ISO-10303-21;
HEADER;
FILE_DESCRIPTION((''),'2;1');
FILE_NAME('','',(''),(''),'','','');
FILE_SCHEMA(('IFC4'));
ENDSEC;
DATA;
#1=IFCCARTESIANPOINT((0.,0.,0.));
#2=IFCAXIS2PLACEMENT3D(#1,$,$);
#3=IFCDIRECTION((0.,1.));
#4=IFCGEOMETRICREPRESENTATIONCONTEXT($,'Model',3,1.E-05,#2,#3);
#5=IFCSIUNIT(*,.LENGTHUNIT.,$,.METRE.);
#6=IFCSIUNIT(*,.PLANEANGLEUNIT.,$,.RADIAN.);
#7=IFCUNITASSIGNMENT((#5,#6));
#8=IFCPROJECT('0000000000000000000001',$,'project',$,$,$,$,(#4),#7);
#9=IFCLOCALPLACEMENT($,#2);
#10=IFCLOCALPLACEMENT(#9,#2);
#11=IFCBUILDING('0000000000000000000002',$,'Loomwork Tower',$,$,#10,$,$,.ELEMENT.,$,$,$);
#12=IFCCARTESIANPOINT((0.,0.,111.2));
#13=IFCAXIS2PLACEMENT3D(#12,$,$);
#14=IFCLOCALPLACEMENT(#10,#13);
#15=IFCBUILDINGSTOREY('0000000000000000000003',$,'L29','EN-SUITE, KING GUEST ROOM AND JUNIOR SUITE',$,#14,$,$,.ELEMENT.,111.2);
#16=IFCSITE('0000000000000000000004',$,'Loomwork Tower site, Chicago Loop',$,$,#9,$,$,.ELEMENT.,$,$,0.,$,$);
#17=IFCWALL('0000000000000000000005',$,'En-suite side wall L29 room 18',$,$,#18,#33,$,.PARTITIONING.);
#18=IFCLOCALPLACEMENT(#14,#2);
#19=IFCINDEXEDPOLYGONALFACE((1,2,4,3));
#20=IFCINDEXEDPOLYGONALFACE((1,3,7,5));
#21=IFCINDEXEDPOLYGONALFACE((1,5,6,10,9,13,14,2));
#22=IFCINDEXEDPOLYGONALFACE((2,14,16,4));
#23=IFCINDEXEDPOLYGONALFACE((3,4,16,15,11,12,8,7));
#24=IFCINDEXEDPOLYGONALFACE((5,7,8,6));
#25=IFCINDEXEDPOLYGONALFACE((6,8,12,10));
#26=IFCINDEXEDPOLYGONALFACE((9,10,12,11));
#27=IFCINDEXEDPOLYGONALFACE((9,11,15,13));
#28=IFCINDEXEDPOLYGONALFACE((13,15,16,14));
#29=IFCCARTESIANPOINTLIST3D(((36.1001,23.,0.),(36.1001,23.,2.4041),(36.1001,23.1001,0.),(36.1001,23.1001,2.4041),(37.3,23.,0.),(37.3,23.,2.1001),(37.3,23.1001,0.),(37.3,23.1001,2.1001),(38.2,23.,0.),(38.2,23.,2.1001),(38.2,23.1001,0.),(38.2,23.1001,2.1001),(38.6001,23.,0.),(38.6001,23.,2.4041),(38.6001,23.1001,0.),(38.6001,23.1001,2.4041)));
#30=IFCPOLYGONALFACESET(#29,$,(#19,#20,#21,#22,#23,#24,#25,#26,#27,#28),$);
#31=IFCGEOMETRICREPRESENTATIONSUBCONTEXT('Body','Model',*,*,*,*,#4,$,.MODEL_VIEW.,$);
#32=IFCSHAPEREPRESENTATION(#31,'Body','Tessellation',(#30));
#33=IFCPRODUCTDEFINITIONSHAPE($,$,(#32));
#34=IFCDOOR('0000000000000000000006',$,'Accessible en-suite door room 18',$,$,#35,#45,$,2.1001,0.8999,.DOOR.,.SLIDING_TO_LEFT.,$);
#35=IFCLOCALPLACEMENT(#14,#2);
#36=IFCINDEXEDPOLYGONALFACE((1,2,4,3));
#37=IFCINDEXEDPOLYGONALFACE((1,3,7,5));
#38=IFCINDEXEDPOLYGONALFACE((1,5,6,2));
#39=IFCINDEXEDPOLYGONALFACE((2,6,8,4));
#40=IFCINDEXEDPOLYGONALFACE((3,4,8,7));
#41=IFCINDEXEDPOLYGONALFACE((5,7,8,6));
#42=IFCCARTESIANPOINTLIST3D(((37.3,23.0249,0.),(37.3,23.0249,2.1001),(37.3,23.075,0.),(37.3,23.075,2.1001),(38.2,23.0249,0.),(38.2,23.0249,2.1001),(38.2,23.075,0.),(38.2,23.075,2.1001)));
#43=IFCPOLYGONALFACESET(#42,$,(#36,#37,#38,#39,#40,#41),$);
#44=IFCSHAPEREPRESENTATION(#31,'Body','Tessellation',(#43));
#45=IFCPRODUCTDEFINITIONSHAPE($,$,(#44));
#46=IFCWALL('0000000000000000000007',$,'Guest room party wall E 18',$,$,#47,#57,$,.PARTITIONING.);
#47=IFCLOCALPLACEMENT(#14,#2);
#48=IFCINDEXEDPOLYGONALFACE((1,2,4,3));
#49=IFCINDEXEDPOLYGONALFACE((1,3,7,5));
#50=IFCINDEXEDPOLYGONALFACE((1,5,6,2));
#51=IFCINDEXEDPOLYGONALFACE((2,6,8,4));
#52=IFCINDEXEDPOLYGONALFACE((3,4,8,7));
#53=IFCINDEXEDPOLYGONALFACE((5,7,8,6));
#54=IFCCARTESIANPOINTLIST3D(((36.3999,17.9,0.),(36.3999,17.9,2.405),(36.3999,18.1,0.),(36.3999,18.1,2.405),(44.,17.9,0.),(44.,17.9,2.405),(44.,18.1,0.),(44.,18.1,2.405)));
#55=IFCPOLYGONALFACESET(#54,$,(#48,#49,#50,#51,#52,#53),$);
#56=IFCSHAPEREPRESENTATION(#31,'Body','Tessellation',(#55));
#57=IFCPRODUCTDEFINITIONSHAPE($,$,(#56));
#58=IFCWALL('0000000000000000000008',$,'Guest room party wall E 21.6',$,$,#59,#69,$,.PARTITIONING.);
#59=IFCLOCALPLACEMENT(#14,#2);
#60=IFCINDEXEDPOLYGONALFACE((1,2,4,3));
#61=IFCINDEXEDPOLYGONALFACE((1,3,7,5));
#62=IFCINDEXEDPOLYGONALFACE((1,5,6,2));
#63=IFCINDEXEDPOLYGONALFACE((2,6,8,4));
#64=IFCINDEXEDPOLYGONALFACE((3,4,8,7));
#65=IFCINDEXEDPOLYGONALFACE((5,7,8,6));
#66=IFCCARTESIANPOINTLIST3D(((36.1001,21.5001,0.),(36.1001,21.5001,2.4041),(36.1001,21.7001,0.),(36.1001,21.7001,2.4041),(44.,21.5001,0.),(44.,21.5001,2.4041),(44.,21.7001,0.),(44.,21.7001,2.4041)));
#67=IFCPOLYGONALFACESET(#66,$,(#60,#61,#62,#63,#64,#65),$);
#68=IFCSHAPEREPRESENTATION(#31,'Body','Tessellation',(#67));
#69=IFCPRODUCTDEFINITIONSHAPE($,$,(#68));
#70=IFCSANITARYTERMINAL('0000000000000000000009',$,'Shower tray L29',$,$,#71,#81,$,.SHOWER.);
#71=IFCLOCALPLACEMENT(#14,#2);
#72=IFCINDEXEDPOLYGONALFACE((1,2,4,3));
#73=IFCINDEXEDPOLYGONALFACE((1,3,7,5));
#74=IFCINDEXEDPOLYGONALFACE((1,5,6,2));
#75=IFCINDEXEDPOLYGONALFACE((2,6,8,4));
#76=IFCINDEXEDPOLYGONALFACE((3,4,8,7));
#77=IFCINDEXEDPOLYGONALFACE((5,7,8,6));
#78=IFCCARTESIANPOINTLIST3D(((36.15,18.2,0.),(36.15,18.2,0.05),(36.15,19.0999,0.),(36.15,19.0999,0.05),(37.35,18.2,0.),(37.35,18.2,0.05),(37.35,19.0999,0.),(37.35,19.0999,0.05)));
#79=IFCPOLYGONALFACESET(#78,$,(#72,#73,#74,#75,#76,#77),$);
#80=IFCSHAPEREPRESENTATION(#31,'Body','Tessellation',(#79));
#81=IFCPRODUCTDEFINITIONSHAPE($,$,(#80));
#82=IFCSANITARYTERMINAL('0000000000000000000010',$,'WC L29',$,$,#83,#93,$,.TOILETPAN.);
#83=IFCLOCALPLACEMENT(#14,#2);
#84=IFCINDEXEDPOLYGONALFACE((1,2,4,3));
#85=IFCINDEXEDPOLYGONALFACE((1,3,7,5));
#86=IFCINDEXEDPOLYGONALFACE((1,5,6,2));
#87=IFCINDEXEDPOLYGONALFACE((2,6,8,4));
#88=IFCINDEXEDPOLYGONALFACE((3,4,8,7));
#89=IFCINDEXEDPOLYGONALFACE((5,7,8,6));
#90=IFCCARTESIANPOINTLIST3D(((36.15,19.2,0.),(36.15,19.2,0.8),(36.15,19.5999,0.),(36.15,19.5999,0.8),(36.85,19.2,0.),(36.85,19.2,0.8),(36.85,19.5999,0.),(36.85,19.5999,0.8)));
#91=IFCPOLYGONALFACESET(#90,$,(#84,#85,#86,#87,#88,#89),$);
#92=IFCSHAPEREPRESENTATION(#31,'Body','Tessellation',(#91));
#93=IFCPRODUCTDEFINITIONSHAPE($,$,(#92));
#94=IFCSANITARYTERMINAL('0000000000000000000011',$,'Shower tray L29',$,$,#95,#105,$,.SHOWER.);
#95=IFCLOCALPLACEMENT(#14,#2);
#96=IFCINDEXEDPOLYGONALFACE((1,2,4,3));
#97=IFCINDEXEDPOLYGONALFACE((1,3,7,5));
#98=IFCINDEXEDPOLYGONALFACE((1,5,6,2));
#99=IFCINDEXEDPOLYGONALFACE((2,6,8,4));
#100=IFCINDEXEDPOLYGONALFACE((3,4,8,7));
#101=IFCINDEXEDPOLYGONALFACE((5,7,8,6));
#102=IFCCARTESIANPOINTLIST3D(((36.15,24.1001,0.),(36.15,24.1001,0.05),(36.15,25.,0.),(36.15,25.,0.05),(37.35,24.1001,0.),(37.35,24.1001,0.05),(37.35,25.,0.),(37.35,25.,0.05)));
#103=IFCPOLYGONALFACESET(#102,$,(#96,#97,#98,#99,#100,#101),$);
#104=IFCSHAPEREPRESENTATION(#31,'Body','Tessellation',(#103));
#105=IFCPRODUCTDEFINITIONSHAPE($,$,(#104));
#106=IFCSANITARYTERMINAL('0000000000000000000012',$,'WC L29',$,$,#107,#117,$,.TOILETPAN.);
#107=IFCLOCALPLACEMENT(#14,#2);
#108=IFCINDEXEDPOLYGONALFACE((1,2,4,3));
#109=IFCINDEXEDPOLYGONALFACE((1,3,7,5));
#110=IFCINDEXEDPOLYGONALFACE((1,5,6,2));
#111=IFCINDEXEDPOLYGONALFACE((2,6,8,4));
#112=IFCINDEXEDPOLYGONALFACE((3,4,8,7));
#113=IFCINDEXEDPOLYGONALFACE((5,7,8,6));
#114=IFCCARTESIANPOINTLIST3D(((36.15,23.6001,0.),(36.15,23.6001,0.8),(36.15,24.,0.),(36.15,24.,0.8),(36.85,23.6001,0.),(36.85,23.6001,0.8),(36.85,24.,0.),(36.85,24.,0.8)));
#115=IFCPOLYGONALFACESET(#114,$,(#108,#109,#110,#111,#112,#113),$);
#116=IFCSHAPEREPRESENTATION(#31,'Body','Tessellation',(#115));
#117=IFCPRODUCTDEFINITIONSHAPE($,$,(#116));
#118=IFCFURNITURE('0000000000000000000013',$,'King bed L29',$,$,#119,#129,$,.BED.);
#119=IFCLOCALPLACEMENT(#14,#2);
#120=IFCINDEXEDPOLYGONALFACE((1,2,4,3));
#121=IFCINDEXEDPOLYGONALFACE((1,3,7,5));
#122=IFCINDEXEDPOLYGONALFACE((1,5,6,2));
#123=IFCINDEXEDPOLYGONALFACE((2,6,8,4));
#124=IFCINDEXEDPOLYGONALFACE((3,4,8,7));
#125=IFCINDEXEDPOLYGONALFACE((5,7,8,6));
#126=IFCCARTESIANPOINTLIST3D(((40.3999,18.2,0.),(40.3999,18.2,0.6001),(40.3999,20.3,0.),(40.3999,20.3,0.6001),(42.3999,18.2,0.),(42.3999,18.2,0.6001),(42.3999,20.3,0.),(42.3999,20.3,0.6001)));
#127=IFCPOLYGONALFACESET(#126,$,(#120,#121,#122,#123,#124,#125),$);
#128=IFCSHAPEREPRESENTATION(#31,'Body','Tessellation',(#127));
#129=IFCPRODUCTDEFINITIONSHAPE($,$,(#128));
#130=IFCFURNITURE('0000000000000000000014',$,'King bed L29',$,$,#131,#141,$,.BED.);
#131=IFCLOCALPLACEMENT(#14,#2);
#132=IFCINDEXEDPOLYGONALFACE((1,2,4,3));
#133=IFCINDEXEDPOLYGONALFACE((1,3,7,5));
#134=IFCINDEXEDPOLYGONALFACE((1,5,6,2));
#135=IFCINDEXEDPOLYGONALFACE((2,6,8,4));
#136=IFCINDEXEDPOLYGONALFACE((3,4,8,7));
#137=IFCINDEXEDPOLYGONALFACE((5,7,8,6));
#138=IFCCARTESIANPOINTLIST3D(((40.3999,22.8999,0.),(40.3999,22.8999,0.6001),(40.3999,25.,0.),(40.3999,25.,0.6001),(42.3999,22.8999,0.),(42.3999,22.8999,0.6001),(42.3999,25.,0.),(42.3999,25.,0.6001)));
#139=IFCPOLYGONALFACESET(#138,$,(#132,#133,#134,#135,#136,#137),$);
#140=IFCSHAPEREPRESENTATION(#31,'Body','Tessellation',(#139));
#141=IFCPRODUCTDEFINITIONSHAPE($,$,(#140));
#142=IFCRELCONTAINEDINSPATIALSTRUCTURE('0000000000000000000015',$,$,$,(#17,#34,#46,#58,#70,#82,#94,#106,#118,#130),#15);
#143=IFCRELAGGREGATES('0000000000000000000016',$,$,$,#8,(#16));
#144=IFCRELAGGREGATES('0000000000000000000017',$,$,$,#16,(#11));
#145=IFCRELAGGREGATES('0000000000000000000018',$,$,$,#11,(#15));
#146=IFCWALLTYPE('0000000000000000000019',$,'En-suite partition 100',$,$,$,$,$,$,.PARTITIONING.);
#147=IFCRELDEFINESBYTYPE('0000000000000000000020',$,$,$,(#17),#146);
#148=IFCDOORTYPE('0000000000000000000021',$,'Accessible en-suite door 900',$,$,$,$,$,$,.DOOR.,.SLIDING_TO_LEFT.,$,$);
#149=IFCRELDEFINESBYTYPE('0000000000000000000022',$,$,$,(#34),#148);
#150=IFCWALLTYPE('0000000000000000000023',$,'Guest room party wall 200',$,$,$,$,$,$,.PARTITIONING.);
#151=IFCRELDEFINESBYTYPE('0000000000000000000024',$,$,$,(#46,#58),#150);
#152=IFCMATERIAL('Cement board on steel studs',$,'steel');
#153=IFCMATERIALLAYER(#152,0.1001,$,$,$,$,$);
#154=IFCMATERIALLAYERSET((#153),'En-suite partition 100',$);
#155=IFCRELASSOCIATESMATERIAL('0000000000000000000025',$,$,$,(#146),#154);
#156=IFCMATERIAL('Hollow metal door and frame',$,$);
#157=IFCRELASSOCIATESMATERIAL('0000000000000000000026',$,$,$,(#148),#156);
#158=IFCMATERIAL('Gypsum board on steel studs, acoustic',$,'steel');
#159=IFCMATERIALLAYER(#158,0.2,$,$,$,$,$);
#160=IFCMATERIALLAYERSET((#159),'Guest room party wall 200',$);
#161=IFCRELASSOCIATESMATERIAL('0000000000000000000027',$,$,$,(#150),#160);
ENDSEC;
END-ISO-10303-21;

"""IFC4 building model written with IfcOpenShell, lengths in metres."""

from ifc_helpers import new_model, si_unit, direction, frame, frame_2d, origin, origin_2d, place, context, subcontext, project, spatial, rectangle, extrude, material, layer, layer_set, type_object, element, fill, save


model = new_model("IFC4")

# Units and contexts
model_context = context("Model", 3, precision=1e-05, world=origin(), true_north=direction((0.0, 1.0)))
body_context = subcontext(model_context, "Body", "Model", "MODEL_VIEW")
ifc_project = project(units=[si_unit("LENGTHUNIT", "METRE"), si_unit("PLANEANGLEUNIT", "RADIAN")], contexts=[model_context])

# Site, building, storey
site_placement = place(None, origin())
site = spatial("IfcSite", under=ifc_project, at=site_placement, Name="Loomwork Tower site, Chicago Loop", CompositionType="ELEMENT", RefElevation=0.0)
building_placement = place(site_placement, origin())
building = spatial("IfcBuilding", under=site, at=building_placement, Name="Loomwork Tower", CompositionType="ELEMENT")
storey_placement = place(building_placement, frame((0.0, 0.0, 111.2)))
storey = spatial("IfcBuildingStorey", under=building, at=storey_placement, Name="L29", Description="EN-SUITE, KING GUEST ROOM AND JUNIOR SUITE", CompositionType="ELEMENT", Elevation=111.2)

# Shared definitions
ifc_material_1 = material(Name="Cement board on steel studs", Category="steel")
ifc_layer_1 = layer(ifc_material_1, 0.1001)
ifc_layer_set_1 = layer_set([ifc_layer_1], Name="En-suite partition 100")
wall_type_1 = type_object("IfcWallType", Name="En-suite partition 100", PredefinedType="PARTITIONING", material=ifc_layer_set_1)

# Wall, opening, door
wall_1_placement = place(storey_placement, frame((36.1001, 23.05, 0.0), z_axis=(0.0, 0.0, 1.0), x_axis=(1.0, 0.0, 0.0)))
wall_1 = element("IfcWall", 1, at=wall_1_placement, inside=storey, type_object=wall_type_1, Name="En-suite side wall L29 room 18", PredefinedType="PARTITIONING", context=body_context, shape_type="SweptSolid", body=[
    extrude(rectangle(XDim=2.5, YDim=0.1001, at=frame_2d((1.25, 0.0))), origin(), (0.0, 0.0, 1.0), 2.4041),
])
opening_1_placement = place(wall_1_placement, frame((1.2, 0.0, 0.0)))
opening_1 = element("IfcOpeningElement", 2, at=opening_1_placement, cuts=wall_1, PredefinedType="OPENING", context=body_context, shape_type="SweptSolid", body=[
    extrude(rectangle(XDim=0.8999, YDim=2.1001, at=frame_2d((0.45, 1.05))), frame((0.0, 0.0601, 0.0), z_axis=(0.0, -1.0, 0.0), x_axis=(1.0, 0.0, 0.0)), (0.0, 0.0, 1.0), 0.1201),
])
ifc_material_2 = material(Name="Hollow metal door and frame")
door_type_1 = type_object("IfcDoorType", Name="Accessible en-suite door 900", OperationType="SLIDING_TO_LEFT", PredefinedType="DOOR", material=ifc_material_2)
door_1_placement = place(opening_1_placement, origin())
door_1 = element("IfcDoor", 3, at=door_1_placement, inside=storey, type_object=door_type_1, Name="Accessible en-suite door room 18", OperationType="SLIDING_TO_LEFT", OverallHeight=2.1001, OverallWidth=0.8999, PredefinedType="DOOR", context=body_context, shape_type="SweptSolid", body=[
    extrude(rectangle(XDim=0.8999, YDim=2.1001, at=frame_2d((0.45, 1.05))), frame((0.0, 0.0249, 0.0), z_axis=(0.0, -1.0, 0.0), x_axis=(1.0, 0.0, 0.0)), (0.0, 0.0, 1.0), 0.05),
])
fill(opening_1, door_1)

# Walls
ifc_material_3 = material(Name="Gypsum board on steel studs, acoustic", Category="steel")
ifc_layer_2 = layer(ifc_material_3, 0.2)
ifc_layer_set_2 = layer_set([ifc_layer_2], Name="Guest room party wall 200")
wall_type_2 = type_object("IfcWallType", Name="Guest room party wall 200", PredefinedType="PARTITIONING", material=ifc_layer_set_2)
wall_2_placement = place(storey_placement, frame((36.3999, 18.0, 0.0), z_axis=(0.0, 0.0, 1.0), x_axis=(1.0, 0.0, 0.0)))
element("IfcWall", 4, at=wall_2_placement, inside=storey, type_object=wall_type_2, Name="Guest room party wall E 18", PredefinedType="PARTITIONING", context=body_context, shape_type="SweptSolid", body=[
    extrude(rectangle(XDim=7.6001, YDim=0.2, at=frame_2d((3.8, 0.0))), origin(), (0.0, 0.0, 1.0), 2.405),
])
wall_3_placement = place(storey_placement, frame((36.1001, 21.6001, 0.0), z_axis=(0.0, 0.0, 1.0), x_axis=(1.0, 0.0, 0.0)))
element("IfcWall", 5, at=wall_3_placement, inside=storey, type_object=wall_type_2, Name="Guest room party wall E 21.6", PredefinedType="PARTITIONING", context=body_context, shape_type="SweptSolid", body=[
    extrude(rectangle(XDim=7.8999, YDim=0.2, at=frame_2d((3.95, 0.0))), origin(), (0.0, 0.0, 1.0), 2.4041),
])

# Sanitary terminals
sanitary_terminal_1_placement = place(storey_placement, frame((36.75, 18.6499, 0.0), z_axis=(0.0, 0.0, 1.0), x_axis=(1.0, 0.0, 0.0)))
element("IfcSanitaryTerminal", 6, at=sanitary_terminal_1_placement, inside=storey, Name="Shower tray L29", PredefinedType="SHOWER", context=body_context, shape_type="SweptSolid", body=[
    extrude(rectangle(XDim=1.2, YDim=0.8999, at=origin_2d()), origin(), (0.0, 0.0, 1.0), 0.05),
])
sanitary_terminal_2_placement = place(storey_placement, frame((36.5, 19.3999, 0.0), z_axis=(0.0, 0.0, 1.0), x_axis=(1.0, 0.0, 0.0)))
element("IfcSanitaryTerminal", 7, at=sanitary_terminal_2_placement, inside=storey, Name="WC L29", PredefinedType="TOILETPAN", context=body_context, shape_type="SweptSolid", body=[
    extrude(rectangle(XDim=0.7, YDim=0.3999, at=origin_2d()), origin(), (0.0, 0.0, 1.0), 0.8),
])
sanitary_terminal_3_placement = place(storey_placement, frame((36.75, 24.55, 0.0), z_axis=(0.0, 0.0, 1.0), x_axis=(1.0, 0.0, 0.0)))
element("IfcSanitaryTerminal", 8, at=sanitary_terminal_3_placement, inside=storey, Name="Shower tray L29", PredefinedType="SHOWER", context=body_context, shape_type="SweptSolid", body=[
    extrude(rectangle(XDim=1.2, YDim=0.8999, at=origin_2d()), origin(), (0.0, 0.0, 1.0), 0.05),
])
sanitary_terminal_4_placement = place(storey_placement, frame((36.5, 23.8, 0.0), z_axis=(0.0, 0.0, 1.0), x_axis=(1.0, 0.0, 0.0)))
element("IfcSanitaryTerminal", 9, at=sanitary_terminal_4_placement, inside=storey, Name="WC L29", PredefinedType="TOILETPAN", context=body_context, shape_type="SweptSolid", body=[
    extrude(rectangle(XDim=0.7, YDim=0.3999, at=origin_2d()), origin(), (0.0, 0.0, 1.0), 0.8),
])

# Furniture
for number, where, z_axis, x_axis, name in (
    (10, (41.3999, 19.25, 0.0), (0.0, 0.0, 1.0), (1.0, 0.0, 0.0), "King bed L29"),
    (11, (41.3999, 23.95, 0.0), (0.0, 0.0, 1.0), (1.0, 0.0, 0.0), "King bed L29"),
):
    element("IfcFurniture", number, at=place(storey_placement, frame(where, z_axis=z_axis, x_axis=x_axis)), inside=storey, Name=name, PredefinedType="BED", context=body_context, shape_type="SweptSolid", body=[
        extrude(rectangle(XDim=2.0, YDim=2.1001, at=origin_2d()), origin(), (0.0, 0.0, 1.0), 0.6001),
    ])

save(model, "model.ifc")
